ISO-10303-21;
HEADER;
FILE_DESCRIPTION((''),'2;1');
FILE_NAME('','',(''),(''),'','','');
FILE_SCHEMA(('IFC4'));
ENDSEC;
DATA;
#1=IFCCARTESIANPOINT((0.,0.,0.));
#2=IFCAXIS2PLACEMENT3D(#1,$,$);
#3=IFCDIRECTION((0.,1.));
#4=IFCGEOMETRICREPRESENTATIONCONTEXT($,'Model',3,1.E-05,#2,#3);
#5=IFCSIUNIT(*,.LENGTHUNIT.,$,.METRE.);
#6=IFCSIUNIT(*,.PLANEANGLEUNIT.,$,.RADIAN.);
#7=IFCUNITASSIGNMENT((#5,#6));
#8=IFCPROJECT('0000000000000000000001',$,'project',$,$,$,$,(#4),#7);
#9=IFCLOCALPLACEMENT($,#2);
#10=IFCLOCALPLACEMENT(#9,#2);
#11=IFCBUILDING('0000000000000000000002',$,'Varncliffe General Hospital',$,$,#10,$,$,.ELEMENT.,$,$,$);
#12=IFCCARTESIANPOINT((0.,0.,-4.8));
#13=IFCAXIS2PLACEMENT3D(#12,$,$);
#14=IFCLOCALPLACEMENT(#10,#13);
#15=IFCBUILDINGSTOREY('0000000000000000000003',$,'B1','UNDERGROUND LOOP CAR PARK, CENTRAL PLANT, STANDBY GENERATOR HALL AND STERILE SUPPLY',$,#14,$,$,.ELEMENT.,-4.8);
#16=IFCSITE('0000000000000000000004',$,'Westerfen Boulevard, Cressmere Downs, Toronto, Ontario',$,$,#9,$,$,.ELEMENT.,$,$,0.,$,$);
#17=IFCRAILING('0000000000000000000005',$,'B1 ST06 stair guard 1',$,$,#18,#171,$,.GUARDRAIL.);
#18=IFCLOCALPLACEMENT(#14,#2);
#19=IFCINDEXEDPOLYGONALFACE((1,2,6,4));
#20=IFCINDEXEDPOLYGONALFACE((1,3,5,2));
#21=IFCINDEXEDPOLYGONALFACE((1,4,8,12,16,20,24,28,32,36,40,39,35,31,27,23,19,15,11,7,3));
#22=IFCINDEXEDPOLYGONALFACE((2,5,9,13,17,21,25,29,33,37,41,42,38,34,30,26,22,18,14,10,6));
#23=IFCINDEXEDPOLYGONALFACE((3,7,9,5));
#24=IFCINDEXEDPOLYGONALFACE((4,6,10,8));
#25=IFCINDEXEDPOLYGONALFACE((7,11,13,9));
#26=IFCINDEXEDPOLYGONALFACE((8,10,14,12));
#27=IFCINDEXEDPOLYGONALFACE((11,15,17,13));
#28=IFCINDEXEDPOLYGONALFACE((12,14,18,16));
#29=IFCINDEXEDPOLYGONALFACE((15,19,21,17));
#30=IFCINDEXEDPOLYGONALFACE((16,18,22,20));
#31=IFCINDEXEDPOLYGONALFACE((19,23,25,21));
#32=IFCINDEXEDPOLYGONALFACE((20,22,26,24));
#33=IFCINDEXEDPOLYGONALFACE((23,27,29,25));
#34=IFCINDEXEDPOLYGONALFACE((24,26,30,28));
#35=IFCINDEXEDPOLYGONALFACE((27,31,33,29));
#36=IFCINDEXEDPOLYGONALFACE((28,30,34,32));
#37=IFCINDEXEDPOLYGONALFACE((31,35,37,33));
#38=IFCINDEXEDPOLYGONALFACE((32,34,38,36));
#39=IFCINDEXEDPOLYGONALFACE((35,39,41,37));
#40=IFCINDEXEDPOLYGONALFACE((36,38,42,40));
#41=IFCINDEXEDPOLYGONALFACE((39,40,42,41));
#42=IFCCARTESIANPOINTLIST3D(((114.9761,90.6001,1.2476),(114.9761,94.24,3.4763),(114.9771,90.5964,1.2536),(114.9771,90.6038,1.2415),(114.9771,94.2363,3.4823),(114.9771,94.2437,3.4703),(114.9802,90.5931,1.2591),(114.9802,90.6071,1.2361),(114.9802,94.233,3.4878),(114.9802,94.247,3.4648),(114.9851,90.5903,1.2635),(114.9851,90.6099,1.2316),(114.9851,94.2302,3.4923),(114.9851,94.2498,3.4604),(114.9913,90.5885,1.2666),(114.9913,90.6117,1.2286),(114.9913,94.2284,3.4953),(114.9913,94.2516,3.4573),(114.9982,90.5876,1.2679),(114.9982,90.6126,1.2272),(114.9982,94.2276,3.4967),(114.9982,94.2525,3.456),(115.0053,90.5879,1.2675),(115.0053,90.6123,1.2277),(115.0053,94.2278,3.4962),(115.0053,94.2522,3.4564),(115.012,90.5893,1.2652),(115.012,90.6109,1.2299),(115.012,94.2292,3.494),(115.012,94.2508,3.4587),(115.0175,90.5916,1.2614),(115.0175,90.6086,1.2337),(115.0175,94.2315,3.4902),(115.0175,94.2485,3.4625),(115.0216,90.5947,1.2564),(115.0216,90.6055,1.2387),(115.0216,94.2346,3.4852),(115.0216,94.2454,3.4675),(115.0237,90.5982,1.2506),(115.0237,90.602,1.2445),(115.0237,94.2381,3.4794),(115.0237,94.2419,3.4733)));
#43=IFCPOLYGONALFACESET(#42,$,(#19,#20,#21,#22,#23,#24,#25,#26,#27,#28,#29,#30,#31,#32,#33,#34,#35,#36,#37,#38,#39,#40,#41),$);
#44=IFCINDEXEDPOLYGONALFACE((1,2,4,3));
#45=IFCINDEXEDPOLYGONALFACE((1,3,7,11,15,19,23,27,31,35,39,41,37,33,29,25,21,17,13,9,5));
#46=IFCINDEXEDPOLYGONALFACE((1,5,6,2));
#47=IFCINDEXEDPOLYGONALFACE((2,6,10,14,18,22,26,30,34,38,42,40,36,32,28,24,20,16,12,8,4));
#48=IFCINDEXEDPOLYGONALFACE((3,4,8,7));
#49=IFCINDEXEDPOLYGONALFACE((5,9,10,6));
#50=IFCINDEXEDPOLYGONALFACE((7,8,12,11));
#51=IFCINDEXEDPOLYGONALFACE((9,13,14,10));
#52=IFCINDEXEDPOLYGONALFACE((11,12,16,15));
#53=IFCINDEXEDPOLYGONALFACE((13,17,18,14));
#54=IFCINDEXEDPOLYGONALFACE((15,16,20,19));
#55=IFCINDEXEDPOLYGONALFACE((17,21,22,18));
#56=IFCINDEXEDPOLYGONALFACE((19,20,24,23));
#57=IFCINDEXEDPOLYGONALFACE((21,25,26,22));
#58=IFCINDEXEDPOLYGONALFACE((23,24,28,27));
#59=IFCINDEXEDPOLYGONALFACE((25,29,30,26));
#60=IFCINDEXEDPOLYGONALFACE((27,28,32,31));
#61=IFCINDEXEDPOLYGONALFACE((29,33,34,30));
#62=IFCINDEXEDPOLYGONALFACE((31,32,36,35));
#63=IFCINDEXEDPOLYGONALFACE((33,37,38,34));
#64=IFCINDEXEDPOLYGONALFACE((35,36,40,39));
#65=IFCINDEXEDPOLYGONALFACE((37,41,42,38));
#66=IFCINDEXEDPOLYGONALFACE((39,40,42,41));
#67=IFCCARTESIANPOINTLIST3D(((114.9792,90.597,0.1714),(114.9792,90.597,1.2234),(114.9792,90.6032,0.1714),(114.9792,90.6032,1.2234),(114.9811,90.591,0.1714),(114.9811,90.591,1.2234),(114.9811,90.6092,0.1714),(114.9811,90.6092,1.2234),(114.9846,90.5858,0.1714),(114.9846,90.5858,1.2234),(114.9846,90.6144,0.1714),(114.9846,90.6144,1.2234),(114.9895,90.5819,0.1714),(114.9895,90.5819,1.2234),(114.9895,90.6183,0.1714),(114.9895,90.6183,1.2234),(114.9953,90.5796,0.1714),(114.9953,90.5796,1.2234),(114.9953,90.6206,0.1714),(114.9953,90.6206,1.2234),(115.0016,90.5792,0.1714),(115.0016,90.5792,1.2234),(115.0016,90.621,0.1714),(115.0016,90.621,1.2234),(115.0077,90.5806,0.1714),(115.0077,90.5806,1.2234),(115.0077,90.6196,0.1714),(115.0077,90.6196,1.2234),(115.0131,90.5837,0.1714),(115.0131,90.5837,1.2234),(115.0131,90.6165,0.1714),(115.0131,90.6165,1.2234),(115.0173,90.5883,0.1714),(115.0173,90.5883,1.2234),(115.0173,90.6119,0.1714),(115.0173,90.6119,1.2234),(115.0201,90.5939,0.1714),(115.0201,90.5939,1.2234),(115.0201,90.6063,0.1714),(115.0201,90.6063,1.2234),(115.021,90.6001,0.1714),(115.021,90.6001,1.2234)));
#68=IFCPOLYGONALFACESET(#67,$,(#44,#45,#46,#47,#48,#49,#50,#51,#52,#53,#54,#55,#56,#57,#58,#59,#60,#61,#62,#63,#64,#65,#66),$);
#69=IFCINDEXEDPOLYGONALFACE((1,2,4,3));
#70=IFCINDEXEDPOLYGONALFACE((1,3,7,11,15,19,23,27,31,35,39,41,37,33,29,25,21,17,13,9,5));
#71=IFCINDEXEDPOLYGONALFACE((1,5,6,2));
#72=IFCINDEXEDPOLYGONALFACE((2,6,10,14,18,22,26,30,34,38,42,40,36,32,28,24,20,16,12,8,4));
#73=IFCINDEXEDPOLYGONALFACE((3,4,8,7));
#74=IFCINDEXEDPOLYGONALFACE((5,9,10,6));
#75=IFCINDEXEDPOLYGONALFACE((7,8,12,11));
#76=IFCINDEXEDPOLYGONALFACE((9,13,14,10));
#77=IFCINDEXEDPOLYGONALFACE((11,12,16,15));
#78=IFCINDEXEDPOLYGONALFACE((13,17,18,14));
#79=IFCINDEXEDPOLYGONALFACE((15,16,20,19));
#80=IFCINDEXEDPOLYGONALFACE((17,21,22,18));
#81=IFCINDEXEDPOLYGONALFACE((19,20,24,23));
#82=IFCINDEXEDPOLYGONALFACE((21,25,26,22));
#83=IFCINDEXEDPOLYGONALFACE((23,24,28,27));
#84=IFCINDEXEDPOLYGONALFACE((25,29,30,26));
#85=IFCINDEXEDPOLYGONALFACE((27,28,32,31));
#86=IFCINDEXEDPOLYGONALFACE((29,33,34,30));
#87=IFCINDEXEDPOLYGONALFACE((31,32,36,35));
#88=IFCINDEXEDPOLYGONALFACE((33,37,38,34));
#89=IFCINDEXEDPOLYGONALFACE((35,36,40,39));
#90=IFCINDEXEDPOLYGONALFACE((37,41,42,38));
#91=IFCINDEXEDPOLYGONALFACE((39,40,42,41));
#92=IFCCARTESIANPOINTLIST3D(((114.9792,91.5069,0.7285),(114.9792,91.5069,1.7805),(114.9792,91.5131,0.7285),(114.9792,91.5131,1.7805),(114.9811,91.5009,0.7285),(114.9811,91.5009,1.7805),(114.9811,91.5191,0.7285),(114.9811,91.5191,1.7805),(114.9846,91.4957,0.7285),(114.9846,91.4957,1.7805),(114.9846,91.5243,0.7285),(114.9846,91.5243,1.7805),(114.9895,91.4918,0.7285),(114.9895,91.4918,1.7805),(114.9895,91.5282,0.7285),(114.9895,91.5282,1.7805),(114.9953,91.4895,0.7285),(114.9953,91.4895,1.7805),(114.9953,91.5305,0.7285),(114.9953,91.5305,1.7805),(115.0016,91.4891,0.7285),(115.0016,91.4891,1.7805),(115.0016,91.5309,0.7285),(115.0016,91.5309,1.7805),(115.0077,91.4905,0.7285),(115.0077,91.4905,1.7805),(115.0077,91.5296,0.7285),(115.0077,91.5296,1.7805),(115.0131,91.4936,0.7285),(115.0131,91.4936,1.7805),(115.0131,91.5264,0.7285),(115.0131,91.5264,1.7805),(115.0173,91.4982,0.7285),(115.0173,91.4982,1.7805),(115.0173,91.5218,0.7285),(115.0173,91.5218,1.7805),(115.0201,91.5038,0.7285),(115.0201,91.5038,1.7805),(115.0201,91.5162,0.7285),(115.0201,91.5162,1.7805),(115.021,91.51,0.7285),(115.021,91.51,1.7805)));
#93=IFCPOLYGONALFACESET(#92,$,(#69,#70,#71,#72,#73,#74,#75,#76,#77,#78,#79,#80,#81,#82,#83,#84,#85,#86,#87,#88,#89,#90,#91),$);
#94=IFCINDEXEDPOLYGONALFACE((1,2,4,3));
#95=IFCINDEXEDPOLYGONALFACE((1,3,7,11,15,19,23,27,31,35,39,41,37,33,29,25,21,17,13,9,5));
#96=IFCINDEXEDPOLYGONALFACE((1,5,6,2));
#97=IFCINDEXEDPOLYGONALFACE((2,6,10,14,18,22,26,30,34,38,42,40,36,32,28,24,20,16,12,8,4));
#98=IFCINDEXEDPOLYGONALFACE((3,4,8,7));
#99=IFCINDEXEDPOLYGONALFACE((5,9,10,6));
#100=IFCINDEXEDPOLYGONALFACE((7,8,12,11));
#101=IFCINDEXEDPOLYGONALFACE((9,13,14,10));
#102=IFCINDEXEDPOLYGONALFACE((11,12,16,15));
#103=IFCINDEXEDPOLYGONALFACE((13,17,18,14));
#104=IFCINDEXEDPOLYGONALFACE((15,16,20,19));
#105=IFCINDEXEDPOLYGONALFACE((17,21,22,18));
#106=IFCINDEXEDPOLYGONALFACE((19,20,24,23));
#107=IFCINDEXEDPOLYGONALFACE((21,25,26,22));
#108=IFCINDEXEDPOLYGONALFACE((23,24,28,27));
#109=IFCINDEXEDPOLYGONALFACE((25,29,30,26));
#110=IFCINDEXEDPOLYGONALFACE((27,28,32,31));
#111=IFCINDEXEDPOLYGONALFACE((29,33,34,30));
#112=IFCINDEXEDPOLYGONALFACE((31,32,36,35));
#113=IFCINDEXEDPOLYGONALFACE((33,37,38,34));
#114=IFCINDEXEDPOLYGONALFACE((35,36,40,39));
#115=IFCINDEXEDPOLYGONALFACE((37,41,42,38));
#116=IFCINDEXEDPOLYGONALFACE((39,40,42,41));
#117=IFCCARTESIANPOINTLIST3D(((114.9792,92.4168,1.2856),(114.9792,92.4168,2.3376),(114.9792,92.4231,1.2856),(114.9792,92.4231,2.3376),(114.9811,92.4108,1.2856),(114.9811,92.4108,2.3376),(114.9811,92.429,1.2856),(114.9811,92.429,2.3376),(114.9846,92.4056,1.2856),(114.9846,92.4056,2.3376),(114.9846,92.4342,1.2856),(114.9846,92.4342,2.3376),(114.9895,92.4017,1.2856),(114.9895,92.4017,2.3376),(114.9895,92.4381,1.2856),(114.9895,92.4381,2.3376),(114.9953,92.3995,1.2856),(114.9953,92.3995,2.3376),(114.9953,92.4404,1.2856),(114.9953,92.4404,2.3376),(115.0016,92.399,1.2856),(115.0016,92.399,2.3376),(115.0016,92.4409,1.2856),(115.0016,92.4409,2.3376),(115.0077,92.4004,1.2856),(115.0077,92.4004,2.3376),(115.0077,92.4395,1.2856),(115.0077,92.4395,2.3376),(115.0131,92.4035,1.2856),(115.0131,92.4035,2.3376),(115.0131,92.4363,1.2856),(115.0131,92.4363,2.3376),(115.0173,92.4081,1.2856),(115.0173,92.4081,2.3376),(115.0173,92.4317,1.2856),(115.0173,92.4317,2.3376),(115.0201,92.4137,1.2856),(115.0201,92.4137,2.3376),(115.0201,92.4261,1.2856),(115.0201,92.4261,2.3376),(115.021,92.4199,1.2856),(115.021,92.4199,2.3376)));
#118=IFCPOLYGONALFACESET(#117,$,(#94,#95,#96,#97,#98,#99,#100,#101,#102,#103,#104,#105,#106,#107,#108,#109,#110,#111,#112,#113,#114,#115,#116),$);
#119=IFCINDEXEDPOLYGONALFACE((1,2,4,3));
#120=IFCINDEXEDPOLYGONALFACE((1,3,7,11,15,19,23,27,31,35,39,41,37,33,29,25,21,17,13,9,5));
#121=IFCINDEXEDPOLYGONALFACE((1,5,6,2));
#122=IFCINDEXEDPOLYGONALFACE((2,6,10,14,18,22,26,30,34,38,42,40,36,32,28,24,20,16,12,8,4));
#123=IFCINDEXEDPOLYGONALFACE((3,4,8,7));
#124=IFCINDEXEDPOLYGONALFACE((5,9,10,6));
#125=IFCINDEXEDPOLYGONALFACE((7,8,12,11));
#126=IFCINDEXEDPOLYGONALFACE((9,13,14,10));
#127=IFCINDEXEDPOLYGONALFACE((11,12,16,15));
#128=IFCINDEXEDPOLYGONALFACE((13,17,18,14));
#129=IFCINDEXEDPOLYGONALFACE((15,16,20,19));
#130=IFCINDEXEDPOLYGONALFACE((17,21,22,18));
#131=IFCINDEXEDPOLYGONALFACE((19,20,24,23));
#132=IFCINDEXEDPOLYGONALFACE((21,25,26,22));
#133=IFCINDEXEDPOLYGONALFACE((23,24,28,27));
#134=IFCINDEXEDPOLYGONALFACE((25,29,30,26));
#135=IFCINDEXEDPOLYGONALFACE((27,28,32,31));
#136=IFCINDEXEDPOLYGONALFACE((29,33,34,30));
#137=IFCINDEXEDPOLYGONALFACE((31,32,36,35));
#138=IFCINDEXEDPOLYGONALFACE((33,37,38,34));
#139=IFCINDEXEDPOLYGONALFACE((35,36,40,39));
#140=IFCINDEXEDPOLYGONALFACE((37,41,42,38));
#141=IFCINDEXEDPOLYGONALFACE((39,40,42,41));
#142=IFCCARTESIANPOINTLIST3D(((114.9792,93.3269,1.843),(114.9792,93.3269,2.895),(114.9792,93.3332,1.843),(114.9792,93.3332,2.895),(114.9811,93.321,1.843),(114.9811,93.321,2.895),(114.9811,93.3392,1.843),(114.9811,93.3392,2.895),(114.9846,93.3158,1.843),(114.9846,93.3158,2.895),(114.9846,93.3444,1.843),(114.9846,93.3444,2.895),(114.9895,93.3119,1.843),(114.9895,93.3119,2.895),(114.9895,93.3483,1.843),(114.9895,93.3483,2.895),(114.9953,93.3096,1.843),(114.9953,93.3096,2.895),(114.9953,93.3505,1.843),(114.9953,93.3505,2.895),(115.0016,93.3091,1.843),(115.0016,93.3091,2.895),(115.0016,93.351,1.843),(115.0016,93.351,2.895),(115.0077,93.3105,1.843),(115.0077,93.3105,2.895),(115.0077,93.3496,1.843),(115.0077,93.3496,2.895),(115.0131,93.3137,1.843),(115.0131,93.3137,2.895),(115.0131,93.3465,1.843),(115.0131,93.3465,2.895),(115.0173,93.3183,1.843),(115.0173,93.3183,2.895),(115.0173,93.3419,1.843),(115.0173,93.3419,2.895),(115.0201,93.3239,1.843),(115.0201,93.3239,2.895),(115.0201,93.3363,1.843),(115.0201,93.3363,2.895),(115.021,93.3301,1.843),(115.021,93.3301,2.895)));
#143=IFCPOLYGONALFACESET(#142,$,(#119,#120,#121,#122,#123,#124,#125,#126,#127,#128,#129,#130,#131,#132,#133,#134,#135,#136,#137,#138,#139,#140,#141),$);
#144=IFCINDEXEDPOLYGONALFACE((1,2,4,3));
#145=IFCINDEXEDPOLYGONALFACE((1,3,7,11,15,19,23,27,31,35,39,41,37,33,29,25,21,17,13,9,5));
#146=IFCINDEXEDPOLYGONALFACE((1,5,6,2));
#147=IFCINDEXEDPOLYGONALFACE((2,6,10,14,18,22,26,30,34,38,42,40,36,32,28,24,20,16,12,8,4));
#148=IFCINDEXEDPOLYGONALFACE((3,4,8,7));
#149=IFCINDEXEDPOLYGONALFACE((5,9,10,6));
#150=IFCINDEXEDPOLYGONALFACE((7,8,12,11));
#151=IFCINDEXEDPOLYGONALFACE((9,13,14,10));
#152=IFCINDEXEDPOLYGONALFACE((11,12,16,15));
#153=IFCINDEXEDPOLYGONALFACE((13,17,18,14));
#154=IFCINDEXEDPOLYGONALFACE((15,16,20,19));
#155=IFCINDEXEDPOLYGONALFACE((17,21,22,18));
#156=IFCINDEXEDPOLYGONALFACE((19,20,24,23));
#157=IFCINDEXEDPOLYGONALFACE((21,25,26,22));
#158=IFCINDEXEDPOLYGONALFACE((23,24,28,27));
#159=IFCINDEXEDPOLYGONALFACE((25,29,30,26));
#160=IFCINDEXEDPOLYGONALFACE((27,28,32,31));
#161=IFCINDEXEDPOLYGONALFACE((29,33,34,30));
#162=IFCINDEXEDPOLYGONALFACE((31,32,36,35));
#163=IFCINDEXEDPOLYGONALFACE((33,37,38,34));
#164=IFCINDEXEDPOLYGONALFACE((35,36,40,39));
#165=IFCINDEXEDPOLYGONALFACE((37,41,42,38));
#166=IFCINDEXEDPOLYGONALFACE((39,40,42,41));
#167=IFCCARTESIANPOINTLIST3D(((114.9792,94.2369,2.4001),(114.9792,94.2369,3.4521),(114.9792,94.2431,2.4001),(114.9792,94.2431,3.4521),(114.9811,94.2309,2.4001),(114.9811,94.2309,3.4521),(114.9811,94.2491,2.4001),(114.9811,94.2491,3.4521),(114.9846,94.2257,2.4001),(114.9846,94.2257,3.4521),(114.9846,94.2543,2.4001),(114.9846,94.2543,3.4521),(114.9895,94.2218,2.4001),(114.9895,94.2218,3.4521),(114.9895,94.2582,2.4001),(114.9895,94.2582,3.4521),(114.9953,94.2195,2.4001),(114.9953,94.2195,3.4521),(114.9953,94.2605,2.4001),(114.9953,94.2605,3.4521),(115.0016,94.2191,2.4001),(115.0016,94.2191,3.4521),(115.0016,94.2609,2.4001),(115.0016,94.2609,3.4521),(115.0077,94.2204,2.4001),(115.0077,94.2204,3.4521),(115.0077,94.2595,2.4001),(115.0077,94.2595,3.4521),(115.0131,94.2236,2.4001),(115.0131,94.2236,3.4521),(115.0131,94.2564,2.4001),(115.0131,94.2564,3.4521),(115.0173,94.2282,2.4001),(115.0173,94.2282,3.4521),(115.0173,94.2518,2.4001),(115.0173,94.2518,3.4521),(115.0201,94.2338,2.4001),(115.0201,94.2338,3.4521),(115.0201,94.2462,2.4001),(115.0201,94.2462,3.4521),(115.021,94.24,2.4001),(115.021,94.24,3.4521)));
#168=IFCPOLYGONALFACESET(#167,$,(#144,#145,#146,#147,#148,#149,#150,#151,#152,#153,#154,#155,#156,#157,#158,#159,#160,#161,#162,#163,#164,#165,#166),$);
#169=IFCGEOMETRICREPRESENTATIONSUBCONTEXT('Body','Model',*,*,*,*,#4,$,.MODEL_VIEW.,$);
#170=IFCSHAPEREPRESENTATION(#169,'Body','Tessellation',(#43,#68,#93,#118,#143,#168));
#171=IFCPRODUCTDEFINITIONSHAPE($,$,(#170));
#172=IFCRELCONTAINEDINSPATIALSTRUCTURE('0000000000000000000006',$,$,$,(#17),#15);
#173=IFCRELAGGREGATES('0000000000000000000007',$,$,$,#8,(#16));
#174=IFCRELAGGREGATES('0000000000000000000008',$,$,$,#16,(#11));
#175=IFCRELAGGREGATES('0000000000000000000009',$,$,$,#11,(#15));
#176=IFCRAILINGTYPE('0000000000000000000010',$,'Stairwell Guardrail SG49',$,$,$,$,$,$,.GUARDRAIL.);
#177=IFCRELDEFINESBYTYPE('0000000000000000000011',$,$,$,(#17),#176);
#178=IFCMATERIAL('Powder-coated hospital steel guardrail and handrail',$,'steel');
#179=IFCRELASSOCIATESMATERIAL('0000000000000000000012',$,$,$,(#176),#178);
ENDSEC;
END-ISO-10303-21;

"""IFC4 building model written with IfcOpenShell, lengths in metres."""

from ifc_helpers import new_model, si_unit, direction, frame, origin, origin_2d, place, context, subcontext, project, spatial, circle, extrude, material, type_object, element, save


model = new_model("IFC4")

# Units and contexts
model_context = context("Model", 3, precision=1e-05, world=origin(), true_north=direction((0.0, 1.0)))
body_context = subcontext(model_context, "Body", "Model", "MODEL_VIEW")
ifc_project = project(units=[si_unit("LENGTHUNIT", "METRE"), si_unit("PLANEANGLEUNIT", "RADIAN")], contexts=[model_context])

# Site, building, storey
site_placement = place(None, origin())
site = spatial("IfcSite", under=ifc_project, at=site_placement, Name="Westerfen Boulevard, Cressmere Downs, Toronto, Ontario", CompositionType="ELEMENT", RefElevation=0.0)
building_placement = place(site_placement, origin())
building = spatial("IfcBuilding", under=site, at=building_placement, Name="Varncliffe General Hospital", CompositionType="ELEMENT")
storey_placement = place(building_placement, frame((0.0, 0.0, -4.8)))
storey = spatial("IfcBuildingStorey", under=building, at=storey_placement, Name="B1", Description="UNDERGROUND LOOP CAR PARK, CENTRAL PLANT, STANDBY GENERATOR HALL AND STERILE SUPPLY", CompositionType="ELEMENT", Elevation=-4.8)

# Railing
ifc_material_1 = material(Name="Powder-coated hospital steel guardrail and handrail", Category="steel")
railing_type_1 = type_object("IfcRailingType", Name="Stairwell Guardrail SG49", PredefinedType="GUARDRAIL", material=ifc_material_1)
railing_1_placement = place(storey_placement, frame((115.0, 90.6001, 0.1714)))
element("IfcRailing", 1, at=railing_1_placement, inside=storey, type_object=railing_type_1, Name="B1 ST06 stair guard 1", PredefinedType="GUARDRAIL", context=body_context, shape_type="SweptSolid", body=[
    extrude(circle(Radius=0.0239, at=origin_2d()), frame((0.0, 0.0, 1.0762), z_axis=(0.0, 0.852825, 0.522197), x_axis=(-1.0, 0.0, 0.0)), (0.0, 0.0, 1.0), 4.2681),
    extrude(circle(Radius=0.021, at=origin_2d()), origin(), (0.0, 0.0, 1.0), 1.052),
    extrude(circle(Radius=0.021, at=origin_2d()), frame((0.0, 0.9099, 0.5571)), (0.0, 0.0, 1.0), 1.052),
    extrude(circle(Radius=0.021, at=origin_2d()), frame((0.0, 1.8198, 1.1143)), (0.0, 0.0, 1.0), 1.052),
    extrude(circle(Radius=0.021, at=origin_2d()), frame((0.0, 2.73, 1.6716)), (0.0, 0.0, 1.0), 1.052),
    extrude(circle(Radius=0.021, at=origin_2d()), frame((0.0, 3.6399, 2.2288)), (0.0, 0.0, 1.0), 1.052),
])

save(model, "model.ifc")
